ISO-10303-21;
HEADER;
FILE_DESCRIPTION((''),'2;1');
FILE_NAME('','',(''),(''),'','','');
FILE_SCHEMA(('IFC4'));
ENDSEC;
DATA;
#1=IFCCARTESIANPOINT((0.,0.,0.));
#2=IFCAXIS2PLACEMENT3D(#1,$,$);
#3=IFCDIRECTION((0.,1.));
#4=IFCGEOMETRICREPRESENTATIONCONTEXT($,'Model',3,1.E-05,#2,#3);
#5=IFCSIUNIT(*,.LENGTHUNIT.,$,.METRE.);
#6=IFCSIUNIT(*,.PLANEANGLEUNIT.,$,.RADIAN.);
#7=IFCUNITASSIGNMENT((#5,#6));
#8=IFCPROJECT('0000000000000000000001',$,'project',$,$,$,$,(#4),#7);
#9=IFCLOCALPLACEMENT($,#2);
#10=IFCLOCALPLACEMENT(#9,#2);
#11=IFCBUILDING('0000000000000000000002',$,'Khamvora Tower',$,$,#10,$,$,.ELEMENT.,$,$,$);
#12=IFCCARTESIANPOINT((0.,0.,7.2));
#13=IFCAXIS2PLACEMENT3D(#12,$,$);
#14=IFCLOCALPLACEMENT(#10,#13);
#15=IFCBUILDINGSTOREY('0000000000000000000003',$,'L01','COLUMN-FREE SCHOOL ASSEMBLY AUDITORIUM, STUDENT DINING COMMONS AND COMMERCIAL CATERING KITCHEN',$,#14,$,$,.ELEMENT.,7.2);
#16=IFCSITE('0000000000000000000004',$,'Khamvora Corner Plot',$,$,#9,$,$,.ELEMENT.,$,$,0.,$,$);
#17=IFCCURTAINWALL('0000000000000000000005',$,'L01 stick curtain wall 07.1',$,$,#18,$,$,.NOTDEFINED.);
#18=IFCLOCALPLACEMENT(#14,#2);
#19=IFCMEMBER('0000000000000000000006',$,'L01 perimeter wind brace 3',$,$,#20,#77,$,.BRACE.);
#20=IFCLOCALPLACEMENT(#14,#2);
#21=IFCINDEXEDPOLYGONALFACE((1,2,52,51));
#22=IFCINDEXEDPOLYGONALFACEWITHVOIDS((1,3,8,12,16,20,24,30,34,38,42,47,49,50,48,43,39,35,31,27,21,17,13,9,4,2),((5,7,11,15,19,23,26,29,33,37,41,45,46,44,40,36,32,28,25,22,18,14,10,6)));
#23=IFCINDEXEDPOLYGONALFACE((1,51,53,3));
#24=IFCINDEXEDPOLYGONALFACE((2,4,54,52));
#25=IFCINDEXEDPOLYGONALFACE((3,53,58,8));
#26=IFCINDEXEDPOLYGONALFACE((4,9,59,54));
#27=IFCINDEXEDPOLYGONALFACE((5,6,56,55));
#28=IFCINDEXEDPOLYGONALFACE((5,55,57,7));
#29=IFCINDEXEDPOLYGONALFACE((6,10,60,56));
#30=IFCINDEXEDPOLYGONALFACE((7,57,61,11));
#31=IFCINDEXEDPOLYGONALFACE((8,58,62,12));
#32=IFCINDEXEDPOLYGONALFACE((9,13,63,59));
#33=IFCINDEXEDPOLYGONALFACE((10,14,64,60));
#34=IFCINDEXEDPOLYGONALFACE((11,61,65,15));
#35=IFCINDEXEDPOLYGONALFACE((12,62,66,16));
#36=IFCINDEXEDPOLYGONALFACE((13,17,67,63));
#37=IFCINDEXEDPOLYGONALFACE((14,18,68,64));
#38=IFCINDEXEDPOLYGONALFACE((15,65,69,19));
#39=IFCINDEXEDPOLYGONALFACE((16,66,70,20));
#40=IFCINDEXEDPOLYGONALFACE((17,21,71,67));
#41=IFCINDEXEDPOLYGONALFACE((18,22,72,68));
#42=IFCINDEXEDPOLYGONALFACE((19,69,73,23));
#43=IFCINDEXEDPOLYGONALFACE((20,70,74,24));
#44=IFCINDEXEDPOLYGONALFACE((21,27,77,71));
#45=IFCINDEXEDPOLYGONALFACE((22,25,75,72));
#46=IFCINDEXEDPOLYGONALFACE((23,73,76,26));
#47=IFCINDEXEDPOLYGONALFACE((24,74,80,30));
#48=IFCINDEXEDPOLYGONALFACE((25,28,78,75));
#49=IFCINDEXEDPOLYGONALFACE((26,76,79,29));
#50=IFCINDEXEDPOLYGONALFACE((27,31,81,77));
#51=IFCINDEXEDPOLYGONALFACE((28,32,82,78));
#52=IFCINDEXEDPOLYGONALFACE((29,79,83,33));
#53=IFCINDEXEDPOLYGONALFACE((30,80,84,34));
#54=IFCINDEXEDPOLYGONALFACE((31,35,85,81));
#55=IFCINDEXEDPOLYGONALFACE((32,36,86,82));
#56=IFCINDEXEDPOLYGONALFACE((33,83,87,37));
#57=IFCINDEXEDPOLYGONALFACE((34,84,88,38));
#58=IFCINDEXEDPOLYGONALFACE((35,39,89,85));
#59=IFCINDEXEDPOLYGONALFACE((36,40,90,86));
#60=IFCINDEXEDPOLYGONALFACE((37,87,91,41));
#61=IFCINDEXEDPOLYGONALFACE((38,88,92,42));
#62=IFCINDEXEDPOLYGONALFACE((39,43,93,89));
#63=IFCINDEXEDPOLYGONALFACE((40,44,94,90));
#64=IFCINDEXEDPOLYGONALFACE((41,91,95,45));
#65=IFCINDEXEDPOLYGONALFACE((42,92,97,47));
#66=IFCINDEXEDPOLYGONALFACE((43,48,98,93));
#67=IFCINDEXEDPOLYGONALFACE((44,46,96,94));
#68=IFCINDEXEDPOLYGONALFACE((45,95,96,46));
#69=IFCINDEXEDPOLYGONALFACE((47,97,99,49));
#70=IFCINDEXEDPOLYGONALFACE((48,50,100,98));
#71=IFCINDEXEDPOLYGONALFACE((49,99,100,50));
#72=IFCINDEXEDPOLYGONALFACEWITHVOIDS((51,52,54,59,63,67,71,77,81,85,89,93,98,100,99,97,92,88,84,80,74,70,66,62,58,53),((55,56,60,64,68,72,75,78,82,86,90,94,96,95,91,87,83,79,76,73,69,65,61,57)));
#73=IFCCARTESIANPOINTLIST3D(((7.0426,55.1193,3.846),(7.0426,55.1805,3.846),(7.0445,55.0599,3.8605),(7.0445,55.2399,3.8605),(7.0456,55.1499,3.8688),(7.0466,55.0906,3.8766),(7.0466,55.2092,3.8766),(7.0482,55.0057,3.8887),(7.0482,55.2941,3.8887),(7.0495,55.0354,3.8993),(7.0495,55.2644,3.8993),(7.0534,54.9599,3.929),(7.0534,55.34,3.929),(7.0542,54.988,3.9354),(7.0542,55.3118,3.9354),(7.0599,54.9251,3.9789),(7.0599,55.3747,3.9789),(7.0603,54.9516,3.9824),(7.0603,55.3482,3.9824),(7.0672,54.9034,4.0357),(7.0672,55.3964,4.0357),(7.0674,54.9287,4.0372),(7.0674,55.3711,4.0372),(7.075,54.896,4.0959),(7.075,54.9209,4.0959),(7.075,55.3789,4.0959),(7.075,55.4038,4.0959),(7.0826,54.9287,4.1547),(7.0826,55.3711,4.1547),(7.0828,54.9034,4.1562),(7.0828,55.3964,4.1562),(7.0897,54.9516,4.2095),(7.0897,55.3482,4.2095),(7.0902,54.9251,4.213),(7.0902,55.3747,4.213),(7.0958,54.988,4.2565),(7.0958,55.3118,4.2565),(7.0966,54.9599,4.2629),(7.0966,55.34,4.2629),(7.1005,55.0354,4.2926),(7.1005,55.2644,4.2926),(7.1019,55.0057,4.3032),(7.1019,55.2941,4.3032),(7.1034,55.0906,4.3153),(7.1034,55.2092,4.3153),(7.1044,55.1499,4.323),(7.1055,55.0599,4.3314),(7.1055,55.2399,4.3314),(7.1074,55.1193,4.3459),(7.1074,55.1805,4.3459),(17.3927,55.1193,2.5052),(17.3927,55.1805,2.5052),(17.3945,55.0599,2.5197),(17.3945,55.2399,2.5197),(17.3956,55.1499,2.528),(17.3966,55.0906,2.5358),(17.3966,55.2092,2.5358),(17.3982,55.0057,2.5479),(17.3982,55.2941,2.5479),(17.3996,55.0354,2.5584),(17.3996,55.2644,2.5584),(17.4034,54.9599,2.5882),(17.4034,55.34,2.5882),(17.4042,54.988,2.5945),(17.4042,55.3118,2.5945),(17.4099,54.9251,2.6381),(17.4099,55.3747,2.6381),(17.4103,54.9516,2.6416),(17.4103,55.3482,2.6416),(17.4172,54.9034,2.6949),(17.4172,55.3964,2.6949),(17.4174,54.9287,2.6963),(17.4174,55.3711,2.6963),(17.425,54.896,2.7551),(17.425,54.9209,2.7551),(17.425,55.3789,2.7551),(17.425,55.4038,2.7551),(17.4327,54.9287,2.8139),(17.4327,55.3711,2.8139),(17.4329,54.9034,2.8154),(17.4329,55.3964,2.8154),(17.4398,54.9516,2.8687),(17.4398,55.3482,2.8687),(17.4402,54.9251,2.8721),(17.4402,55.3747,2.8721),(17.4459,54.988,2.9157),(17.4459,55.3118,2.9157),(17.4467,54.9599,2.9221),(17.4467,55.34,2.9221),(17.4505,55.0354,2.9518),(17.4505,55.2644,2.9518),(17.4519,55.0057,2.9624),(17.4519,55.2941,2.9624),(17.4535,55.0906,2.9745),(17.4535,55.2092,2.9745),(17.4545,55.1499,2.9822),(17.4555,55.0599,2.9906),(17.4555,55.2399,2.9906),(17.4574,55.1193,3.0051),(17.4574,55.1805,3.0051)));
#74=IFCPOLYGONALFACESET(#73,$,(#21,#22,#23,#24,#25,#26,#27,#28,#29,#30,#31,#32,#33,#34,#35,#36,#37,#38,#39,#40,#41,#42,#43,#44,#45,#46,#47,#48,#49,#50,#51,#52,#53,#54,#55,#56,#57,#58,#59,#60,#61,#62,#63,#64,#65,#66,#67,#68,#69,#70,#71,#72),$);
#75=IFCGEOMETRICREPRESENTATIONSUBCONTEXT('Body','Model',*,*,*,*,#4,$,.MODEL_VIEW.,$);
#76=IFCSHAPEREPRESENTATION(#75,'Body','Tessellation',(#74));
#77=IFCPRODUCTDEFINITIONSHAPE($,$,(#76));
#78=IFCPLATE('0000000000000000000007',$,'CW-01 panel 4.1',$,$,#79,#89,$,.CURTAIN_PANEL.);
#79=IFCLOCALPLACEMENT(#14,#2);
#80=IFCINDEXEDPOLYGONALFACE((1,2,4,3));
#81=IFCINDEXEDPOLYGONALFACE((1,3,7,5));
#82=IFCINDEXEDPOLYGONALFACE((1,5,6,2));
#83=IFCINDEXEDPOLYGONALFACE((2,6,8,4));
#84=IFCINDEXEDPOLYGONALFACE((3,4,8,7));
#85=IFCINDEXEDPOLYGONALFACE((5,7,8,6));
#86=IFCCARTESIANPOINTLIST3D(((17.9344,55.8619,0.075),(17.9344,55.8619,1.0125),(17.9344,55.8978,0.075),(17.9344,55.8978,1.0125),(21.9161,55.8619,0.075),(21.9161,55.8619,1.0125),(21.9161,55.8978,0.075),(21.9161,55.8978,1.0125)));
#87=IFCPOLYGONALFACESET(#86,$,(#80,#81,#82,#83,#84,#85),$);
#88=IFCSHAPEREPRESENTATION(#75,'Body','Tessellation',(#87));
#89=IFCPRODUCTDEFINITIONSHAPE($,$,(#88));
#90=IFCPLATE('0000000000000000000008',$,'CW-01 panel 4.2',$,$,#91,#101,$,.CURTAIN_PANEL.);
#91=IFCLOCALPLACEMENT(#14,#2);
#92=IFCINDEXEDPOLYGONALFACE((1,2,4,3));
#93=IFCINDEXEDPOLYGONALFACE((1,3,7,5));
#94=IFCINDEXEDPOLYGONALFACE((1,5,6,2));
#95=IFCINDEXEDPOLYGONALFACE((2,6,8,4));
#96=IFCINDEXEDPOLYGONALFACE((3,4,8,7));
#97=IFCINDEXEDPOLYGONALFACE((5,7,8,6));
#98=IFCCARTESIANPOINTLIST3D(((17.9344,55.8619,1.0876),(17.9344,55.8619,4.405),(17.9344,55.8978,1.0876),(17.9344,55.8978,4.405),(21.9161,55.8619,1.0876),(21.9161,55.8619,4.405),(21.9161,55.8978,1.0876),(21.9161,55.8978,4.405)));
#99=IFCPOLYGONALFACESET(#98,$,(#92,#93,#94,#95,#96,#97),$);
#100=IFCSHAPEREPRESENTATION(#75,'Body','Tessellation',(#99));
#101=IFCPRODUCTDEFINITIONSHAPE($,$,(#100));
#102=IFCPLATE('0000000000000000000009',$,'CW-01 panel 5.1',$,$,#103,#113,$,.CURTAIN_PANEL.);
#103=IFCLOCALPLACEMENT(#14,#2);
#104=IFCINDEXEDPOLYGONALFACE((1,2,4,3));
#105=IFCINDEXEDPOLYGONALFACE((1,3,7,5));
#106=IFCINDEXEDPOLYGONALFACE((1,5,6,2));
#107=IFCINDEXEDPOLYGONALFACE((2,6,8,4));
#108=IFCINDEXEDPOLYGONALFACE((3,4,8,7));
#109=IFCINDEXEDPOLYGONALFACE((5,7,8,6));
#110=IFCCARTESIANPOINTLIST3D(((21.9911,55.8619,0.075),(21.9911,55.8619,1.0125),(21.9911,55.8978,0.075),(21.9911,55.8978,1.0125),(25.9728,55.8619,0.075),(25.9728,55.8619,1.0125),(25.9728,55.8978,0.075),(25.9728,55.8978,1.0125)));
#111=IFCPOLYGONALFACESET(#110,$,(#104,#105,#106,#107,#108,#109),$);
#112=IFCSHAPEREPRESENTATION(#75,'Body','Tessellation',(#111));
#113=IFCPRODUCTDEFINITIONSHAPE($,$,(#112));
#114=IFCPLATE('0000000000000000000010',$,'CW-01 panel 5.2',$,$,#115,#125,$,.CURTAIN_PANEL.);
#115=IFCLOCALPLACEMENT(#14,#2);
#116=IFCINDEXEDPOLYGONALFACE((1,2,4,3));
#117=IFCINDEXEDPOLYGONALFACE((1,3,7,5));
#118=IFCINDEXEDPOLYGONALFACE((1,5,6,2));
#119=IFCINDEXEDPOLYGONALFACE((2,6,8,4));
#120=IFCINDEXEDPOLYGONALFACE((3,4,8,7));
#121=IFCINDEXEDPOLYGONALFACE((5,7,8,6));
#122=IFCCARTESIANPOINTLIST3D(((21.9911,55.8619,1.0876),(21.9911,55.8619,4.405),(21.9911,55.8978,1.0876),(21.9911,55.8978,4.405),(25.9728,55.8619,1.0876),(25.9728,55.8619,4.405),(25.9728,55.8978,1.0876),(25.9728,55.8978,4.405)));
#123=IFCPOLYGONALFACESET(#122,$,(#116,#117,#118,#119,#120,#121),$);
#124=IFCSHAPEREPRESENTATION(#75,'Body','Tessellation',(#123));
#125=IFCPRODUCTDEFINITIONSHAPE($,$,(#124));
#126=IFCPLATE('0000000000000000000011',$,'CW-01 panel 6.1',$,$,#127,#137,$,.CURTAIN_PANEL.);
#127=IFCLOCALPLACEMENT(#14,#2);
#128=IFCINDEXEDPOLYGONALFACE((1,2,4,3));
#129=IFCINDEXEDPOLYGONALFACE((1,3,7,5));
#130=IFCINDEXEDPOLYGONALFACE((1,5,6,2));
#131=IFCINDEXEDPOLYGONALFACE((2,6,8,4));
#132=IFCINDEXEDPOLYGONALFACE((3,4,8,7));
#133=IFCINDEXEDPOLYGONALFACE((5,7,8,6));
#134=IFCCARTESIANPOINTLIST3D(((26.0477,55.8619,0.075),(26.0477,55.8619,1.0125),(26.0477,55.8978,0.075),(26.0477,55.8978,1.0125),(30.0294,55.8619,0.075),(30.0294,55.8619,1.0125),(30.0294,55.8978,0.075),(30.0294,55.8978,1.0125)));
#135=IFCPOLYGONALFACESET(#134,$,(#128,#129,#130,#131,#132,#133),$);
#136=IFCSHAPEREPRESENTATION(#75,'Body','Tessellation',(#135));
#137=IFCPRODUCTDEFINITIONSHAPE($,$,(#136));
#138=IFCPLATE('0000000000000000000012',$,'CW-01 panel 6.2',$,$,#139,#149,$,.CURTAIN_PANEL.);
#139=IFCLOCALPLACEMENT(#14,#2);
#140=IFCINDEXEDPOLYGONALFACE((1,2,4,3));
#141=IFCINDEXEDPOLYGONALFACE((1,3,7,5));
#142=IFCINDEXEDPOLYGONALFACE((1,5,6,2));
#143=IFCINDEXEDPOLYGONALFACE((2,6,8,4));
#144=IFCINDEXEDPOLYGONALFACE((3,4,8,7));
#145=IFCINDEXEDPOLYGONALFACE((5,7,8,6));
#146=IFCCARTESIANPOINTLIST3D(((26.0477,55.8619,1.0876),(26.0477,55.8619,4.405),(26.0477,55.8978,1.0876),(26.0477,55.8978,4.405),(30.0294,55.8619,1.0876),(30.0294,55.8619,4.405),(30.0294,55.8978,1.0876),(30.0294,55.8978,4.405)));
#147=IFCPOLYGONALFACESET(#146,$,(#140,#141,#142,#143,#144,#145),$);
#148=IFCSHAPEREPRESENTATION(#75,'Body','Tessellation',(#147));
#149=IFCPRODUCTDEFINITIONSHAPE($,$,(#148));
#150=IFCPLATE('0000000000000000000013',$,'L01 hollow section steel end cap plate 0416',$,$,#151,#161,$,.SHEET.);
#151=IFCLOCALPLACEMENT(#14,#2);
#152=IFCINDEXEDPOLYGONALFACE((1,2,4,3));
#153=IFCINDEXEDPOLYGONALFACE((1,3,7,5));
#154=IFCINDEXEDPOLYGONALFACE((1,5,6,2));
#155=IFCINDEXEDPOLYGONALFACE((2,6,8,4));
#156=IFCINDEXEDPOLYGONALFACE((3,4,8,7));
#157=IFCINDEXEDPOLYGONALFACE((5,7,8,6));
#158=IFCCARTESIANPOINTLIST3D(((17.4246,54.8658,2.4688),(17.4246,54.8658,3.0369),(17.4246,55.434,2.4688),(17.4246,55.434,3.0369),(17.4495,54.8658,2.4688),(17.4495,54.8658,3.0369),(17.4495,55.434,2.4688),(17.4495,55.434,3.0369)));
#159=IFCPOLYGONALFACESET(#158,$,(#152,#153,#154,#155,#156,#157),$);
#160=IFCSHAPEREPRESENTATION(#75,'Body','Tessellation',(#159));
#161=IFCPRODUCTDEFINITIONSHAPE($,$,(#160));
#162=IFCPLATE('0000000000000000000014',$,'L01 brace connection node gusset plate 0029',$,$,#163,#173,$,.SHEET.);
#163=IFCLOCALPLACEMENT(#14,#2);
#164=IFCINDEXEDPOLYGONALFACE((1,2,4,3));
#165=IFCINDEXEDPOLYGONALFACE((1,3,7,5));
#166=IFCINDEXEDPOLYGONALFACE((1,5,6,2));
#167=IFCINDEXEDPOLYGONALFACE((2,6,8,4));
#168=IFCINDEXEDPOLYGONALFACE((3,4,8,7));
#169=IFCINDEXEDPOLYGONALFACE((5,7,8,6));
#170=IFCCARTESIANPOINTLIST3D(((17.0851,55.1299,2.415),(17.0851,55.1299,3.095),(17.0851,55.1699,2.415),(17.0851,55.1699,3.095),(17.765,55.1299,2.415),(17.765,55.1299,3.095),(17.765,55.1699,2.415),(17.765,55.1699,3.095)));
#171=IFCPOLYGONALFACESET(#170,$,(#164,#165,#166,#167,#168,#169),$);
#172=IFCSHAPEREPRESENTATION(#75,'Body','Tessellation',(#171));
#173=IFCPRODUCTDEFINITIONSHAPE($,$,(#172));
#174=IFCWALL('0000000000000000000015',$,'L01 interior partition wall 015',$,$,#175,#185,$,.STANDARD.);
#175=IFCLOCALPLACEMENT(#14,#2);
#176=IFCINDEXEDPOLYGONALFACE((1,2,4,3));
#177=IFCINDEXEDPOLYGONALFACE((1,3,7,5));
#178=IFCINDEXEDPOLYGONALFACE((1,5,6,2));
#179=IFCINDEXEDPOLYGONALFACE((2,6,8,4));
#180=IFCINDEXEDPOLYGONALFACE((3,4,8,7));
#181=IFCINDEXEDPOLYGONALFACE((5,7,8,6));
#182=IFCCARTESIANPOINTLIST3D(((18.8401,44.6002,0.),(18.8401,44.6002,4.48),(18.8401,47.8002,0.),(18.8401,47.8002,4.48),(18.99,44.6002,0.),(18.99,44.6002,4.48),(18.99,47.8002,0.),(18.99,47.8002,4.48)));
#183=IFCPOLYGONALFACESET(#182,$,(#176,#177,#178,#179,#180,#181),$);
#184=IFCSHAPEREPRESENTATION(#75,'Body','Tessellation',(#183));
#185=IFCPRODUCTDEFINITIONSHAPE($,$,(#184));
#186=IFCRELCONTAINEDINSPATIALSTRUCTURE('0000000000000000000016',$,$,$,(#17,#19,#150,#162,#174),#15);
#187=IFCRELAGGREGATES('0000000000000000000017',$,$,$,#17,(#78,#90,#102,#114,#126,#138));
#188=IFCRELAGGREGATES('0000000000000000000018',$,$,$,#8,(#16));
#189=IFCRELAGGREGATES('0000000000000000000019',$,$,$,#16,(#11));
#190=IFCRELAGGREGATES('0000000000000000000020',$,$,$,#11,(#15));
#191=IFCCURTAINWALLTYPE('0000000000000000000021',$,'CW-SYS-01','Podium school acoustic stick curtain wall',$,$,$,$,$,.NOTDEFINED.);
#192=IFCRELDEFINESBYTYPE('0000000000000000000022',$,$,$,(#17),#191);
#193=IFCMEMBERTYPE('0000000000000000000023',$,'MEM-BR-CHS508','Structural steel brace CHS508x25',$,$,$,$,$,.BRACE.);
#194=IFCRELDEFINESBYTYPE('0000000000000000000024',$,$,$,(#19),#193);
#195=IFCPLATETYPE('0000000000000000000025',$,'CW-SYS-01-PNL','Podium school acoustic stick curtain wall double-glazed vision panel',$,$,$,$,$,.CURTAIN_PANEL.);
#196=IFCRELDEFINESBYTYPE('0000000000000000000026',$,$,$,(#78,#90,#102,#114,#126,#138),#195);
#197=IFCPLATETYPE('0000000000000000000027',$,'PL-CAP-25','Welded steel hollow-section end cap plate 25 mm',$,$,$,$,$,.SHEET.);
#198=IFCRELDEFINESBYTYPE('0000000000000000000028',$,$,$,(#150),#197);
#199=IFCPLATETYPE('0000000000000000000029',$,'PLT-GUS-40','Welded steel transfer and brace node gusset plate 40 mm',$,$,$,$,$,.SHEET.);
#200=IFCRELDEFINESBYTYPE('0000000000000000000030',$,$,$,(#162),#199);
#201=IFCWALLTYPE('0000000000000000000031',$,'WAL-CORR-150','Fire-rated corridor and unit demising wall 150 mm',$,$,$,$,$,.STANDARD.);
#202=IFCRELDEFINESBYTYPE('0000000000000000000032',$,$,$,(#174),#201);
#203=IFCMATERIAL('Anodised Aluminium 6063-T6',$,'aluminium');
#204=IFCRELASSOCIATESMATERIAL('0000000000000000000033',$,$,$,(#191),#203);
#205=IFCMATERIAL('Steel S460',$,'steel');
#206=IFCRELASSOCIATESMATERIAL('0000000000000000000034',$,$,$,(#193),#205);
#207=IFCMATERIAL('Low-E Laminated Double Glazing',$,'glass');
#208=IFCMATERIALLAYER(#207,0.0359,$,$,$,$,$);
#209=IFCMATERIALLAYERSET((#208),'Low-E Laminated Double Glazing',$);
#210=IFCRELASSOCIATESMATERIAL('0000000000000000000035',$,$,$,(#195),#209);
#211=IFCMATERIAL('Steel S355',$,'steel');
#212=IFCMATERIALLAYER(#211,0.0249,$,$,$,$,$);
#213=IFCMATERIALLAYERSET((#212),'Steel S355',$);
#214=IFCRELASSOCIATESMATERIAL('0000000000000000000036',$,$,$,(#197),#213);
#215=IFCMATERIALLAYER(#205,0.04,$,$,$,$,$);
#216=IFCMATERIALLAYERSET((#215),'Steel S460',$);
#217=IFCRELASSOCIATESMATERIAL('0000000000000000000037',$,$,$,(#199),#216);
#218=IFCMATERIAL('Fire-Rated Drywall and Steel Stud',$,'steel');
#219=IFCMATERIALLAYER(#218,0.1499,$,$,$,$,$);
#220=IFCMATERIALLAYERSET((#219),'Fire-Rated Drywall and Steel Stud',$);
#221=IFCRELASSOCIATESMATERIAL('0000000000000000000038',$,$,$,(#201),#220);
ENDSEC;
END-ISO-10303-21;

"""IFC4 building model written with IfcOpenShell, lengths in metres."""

from ifc_helpers import new_model, si_unit, direction, frame, frame_2d, origin, origin_2d, place, context, subcontext, project, spatial, rectangle, hollow_circle, extrude, material, layer, layer_set, material_profile, profile_set, type_object, element, aggregate, save


model = new_model("IFC4")

# Units and contexts
model_context = context("Model", 3, precision=1e-05, world=origin(), true_north=direction((0.0, 1.0)))
body_context = subcontext(model_context, "Body", "Model", "MODEL_VIEW")
ifc_project = project(units=[si_unit("LENGTHUNIT", "METRE"), si_unit("PLANEANGLEUNIT", "RADIAN")], contexts=[model_context])

# Site, building, storey
site_placement = place(None, origin())
site = spatial("IfcSite", under=ifc_project, at=site_placement, Name="Khamvora Corner Plot", CompositionType="ELEMENT", RefElevation=0.0)
building_placement = place(site_placement, origin())
building = spatial("IfcBuilding", under=site, at=building_placement, Name="Khamvora Tower", CompositionType="ELEMENT")
storey_placement = place(building_placement, frame((0.0, 0.0, 7.2)))
storey = spatial("IfcBuildingStorey", under=building, at=storey_placement, Name="L01", Description="COLUMN-FREE SCHOOL ASSEMBLY AUDITORIUM, STUDENT DINING COMMONS AND COMMERCIAL CATERING KITCHEN", CompositionType="ELEMENT", Elevation=7.2)

# Shared definitions
ifc_material_1 = material(Name="Steel S460", Category="steel")

# Shared definitions
ifc_material_2 = material(Name="Steel S355", Category="steel")

# Curtain wall
ifc_material_3 = material(Name="Anodised Aluminium 6063-T6", Category="aluminium")
curtain_wall_type = type_object("IfcCurtainWallType", Name="CW-SYS-01", Description="Podium school acoustic stick curtain wall", PredefinedType="NOTDEFINED", material=ifc_material_3)
curtain_wall_placement = place(storey_placement, origin())
curtain_wall = element("IfcCurtainWall", 1, at=curtain_wall_placement, inside=storey, type_object=curtain_wall_type, Name="L01 stick curtain wall 07.1", PredefinedType="NOTDEFINED")

# Member
ifc_material_profile_1 = material_profile(ifc_material_1, hollow_circle(Radius=0.2539, WallThickness=0.0249, at=origin_2d()), Name="CHS508x25")
ifc_profile_set_1 = profile_set([ifc_material_profile_1], Name="Steel S460")
member_type_1 = type_object("IfcMemberType", Name="MEM-BR-CHS508", Description="Structural steel brace CHS508x25", PredefinedType="BRACE", material=ifc_profile_set_1)
member_1_placement = place(storey_placement, frame((17.425, 55.1499, 2.7551), z_axis=(-0.991713, 0.0, 0.128473), x_axis=(0.0, -1.0, 0.0)))
element("IfcMember", 2, at=member_1_placement, inside=storey, type_object=member_type_1, Name="L01 perimeter wind brace 3", PredefinedType="BRACE", context=body_context, shape_type="SweptSolid", body=[
    extrude(hollow_circle(Radius=0.2539, WallThickness=0.0249, at=origin_2d()), origin(), (0.0, 0.0, 1.0), 10.4365),
])

# Plates
ifc_material_4 = material(Name="Low-E Laminated Double Glazing", Category="glass")
ifc_layer_1 = layer(ifc_material_4, 0.0359)
ifc_layer_set_1 = layer_set([ifc_layer_1], Name="Low-E Laminated Double Glazing")
plate_type_1 = type_object("IfcPlateType", Name="CW-SYS-01-PNL", Description="Podium school acoustic stick curtain wall double-glazed vision panel", PredefinedType="CURTAIN_PANEL", material=ifc_layer_set_1)
plate_1_placement = place(storey_placement, frame((19.9253, 55.8799, 0.075), z_axis=(0.0, 0.0, 1.0), x_axis=(1.0, 0.0, 0.0)))
plate_1 = element("IfcPlate", 3, at=plate_1_placement, type_object=plate_type_1, Name="CW-01 panel 4.1", PredefinedType="CURTAIN_PANEL", context=body_context, shape_type="SweptSolid", body=[
    extrude(rectangle(XDim=3.9817, YDim=0.0359, at=origin_2d()), origin(), (0.0, 0.0, 1.0), 0.9375),
])
plate_2_placement = place(storey_placement, frame((19.9253, 55.8799, 1.0876), z_axis=(0.0, 0.0, 1.0), x_axis=(1.0, 0.0, 0.0)))
plate_2 = element("IfcPlate", 4, at=plate_2_placement, type_object=plate_type_1, Name="CW-01 panel 4.2", PredefinedType="CURTAIN_PANEL", context=body_context, shape_type="SweptSolid", body=[
    extrude(rectangle(XDim=3.9817, YDim=0.0359, at=origin_2d()), origin(), (0.0, 0.0, 1.0), 3.3174),
])
plate_3_placement = place(storey_placement, frame((23.9819, 55.8799, 0.075), z_axis=(0.0, 0.0, 1.0), x_axis=(1.0, 0.0, 0.0)))
plate_3 = element("IfcPlate", 5, at=plate_3_placement, type_object=plate_type_1, Name="CW-01 panel 5.1", PredefinedType="CURTAIN_PANEL", context=body_context, shape_type="SweptSolid", body=[
    extrude(rectangle(XDim=3.9817, YDim=0.0359, at=origin_2d()), origin(), (0.0, 0.0, 1.0), 0.9375),
])
plate_4_placement = place(storey_placement, frame((23.9819, 55.8799, 1.0876), z_axis=(0.0, 0.0, 1.0), x_axis=(1.0, 0.0, 0.0)))
plate_4 = element("IfcPlate", 6, at=plate_4_placement, type_object=plate_type_1, Name="CW-01 panel 5.2", PredefinedType="CURTAIN_PANEL", context=body_context, shape_type="SweptSolid", body=[
    extrude(rectangle(XDim=3.9817, YDim=0.0359, at=origin_2d()), origin(), (0.0, 0.0, 1.0), 3.3174),
])
plate_5_placement = place(storey_placement, frame((28.0386, 55.8799, 0.075), z_axis=(0.0, 0.0, 1.0), x_axis=(1.0, 0.0, 0.0)))
plate_5 = element("IfcPlate", 7, at=plate_5_placement, type_object=plate_type_1, Name="CW-01 panel 6.1", PredefinedType="CURTAIN_PANEL", context=body_context, shape_type="SweptSolid", body=[
    extrude(rectangle(XDim=3.9817, YDim=0.0359, at=origin_2d()), origin(), (0.0, 0.0, 1.0), 0.9375),
])
plate_6_placement = place(storey_placement, frame((28.0386, 55.8799, 1.0876), z_axis=(0.0, 0.0, 1.0), x_axis=(1.0, 0.0, 0.0)))
plate_6 = element("IfcPlate", 8, at=plate_6_placement, type_object=plate_type_1, Name="CW-01 panel 6.2", PredefinedType="CURTAIN_PANEL", context=body_context, shape_type="SweptSolid", body=[
    extrude(rectangle(XDim=3.9817, YDim=0.0359, at=origin_2d()), origin(), (0.0, 0.0, 1.0), 3.3174),
])
aggregate(curtain_wall, [plate_1, plate_2, plate_3, plate_4, plate_5, plate_6])

# Plates
ifc_layer_2 = layer(ifc_material_2, 0.0249)
ifc_layer_set_2 = layer_set([ifc_layer_2], Name="Steel S355")
plate_type_2 = type_object("IfcPlateType", Name="PL-CAP-25", Description="Welded steel hollow-section end cap plate 25 mm", PredefinedType="SHEET", material=ifc_layer_set_2)
plate_7_placement = place(storey_placement, frame((17.437, 55.1499, 2.4688), z_axis=(0.0, 0.0, 1.0), x_axis=(-1.0, 0.0, 0.0)))
element("IfcPlate", 9, at=plate_7_placement, inside=storey, type_object=plate_type_2, Name="L01 hollow section steel end cap plate 0416", PredefinedType="SHEET", context=body_context, shape_type="SweptSolid", body=[
    extrude(rectangle(XDim=0.0249, YDim=0.5681, at=origin_2d()), origin(), (0.0, 0.0, 1.0), 0.5681),
])
ifc_layer_3 = layer(ifc_material_1, 0.04)
ifc_layer_set_3 = layer_set([ifc_layer_3], Name="Steel S460")
plate_type_3 = type_object("IfcPlateType", Name="PLT-GUS-40", Description="Welded steel transfer and brace node gusset plate 40 mm", PredefinedType="SHEET", material=ifc_layer_set_3)
plate_8_placement = place(storey_placement, frame((17.425, 55.1499, 2.415), z_axis=(0.0, 0.0, 1.0), x_axis=(1.0, 0.0, 0.0)))
element("IfcPlate", 10, at=plate_8_placement, inside=storey, type_object=plate_type_3, Name="L01 brace connection node gusset plate 0029", PredefinedType="SHEET", context=body_context, shape_type="SweptSolid", body=[
    extrude(rectangle(XDim=0.6799, YDim=0.04, at=origin_2d()), origin(), (0.0, 0.0, 1.0), 0.6799),
])

# Wall
ifc_material_5 = material(Name="Fire-Rated Drywall and Steel Stud", Category="steel")
ifc_layer_4 = layer(ifc_material_5, 0.1499)
ifc_layer_set_4 = layer_set([ifc_layer_4], Name="Fire-Rated Drywall and Steel Stud")
wall_type = type_object("IfcWallType", Name="WAL-CORR-150", Description="Fire-rated corridor and unit demising wall 150 mm", PredefinedType="STANDARD", material=ifc_layer_set_4)
wall_1_placement = place(storey_placement, frame((18.915, 44.6001, 0.0), z_axis=(0.0, 0.0, 1.0), x_axis=(0.0, 1.0, 0.0)))
element("IfcWall", 11, at=wall_1_placement, inside=storey, type_object=wall_type, Name="L01 interior partition wall 015", PredefinedType="STANDARD", context=body_context, shape_type="SweptSolid", body=[
    extrude(rectangle(XDim=3.2, YDim=0.1499, at=frame_2d((1.6001, 0.0))), origin(), (0.0, 0.0, 1.0), 4.48),
])

save(model, "model.ifc")
